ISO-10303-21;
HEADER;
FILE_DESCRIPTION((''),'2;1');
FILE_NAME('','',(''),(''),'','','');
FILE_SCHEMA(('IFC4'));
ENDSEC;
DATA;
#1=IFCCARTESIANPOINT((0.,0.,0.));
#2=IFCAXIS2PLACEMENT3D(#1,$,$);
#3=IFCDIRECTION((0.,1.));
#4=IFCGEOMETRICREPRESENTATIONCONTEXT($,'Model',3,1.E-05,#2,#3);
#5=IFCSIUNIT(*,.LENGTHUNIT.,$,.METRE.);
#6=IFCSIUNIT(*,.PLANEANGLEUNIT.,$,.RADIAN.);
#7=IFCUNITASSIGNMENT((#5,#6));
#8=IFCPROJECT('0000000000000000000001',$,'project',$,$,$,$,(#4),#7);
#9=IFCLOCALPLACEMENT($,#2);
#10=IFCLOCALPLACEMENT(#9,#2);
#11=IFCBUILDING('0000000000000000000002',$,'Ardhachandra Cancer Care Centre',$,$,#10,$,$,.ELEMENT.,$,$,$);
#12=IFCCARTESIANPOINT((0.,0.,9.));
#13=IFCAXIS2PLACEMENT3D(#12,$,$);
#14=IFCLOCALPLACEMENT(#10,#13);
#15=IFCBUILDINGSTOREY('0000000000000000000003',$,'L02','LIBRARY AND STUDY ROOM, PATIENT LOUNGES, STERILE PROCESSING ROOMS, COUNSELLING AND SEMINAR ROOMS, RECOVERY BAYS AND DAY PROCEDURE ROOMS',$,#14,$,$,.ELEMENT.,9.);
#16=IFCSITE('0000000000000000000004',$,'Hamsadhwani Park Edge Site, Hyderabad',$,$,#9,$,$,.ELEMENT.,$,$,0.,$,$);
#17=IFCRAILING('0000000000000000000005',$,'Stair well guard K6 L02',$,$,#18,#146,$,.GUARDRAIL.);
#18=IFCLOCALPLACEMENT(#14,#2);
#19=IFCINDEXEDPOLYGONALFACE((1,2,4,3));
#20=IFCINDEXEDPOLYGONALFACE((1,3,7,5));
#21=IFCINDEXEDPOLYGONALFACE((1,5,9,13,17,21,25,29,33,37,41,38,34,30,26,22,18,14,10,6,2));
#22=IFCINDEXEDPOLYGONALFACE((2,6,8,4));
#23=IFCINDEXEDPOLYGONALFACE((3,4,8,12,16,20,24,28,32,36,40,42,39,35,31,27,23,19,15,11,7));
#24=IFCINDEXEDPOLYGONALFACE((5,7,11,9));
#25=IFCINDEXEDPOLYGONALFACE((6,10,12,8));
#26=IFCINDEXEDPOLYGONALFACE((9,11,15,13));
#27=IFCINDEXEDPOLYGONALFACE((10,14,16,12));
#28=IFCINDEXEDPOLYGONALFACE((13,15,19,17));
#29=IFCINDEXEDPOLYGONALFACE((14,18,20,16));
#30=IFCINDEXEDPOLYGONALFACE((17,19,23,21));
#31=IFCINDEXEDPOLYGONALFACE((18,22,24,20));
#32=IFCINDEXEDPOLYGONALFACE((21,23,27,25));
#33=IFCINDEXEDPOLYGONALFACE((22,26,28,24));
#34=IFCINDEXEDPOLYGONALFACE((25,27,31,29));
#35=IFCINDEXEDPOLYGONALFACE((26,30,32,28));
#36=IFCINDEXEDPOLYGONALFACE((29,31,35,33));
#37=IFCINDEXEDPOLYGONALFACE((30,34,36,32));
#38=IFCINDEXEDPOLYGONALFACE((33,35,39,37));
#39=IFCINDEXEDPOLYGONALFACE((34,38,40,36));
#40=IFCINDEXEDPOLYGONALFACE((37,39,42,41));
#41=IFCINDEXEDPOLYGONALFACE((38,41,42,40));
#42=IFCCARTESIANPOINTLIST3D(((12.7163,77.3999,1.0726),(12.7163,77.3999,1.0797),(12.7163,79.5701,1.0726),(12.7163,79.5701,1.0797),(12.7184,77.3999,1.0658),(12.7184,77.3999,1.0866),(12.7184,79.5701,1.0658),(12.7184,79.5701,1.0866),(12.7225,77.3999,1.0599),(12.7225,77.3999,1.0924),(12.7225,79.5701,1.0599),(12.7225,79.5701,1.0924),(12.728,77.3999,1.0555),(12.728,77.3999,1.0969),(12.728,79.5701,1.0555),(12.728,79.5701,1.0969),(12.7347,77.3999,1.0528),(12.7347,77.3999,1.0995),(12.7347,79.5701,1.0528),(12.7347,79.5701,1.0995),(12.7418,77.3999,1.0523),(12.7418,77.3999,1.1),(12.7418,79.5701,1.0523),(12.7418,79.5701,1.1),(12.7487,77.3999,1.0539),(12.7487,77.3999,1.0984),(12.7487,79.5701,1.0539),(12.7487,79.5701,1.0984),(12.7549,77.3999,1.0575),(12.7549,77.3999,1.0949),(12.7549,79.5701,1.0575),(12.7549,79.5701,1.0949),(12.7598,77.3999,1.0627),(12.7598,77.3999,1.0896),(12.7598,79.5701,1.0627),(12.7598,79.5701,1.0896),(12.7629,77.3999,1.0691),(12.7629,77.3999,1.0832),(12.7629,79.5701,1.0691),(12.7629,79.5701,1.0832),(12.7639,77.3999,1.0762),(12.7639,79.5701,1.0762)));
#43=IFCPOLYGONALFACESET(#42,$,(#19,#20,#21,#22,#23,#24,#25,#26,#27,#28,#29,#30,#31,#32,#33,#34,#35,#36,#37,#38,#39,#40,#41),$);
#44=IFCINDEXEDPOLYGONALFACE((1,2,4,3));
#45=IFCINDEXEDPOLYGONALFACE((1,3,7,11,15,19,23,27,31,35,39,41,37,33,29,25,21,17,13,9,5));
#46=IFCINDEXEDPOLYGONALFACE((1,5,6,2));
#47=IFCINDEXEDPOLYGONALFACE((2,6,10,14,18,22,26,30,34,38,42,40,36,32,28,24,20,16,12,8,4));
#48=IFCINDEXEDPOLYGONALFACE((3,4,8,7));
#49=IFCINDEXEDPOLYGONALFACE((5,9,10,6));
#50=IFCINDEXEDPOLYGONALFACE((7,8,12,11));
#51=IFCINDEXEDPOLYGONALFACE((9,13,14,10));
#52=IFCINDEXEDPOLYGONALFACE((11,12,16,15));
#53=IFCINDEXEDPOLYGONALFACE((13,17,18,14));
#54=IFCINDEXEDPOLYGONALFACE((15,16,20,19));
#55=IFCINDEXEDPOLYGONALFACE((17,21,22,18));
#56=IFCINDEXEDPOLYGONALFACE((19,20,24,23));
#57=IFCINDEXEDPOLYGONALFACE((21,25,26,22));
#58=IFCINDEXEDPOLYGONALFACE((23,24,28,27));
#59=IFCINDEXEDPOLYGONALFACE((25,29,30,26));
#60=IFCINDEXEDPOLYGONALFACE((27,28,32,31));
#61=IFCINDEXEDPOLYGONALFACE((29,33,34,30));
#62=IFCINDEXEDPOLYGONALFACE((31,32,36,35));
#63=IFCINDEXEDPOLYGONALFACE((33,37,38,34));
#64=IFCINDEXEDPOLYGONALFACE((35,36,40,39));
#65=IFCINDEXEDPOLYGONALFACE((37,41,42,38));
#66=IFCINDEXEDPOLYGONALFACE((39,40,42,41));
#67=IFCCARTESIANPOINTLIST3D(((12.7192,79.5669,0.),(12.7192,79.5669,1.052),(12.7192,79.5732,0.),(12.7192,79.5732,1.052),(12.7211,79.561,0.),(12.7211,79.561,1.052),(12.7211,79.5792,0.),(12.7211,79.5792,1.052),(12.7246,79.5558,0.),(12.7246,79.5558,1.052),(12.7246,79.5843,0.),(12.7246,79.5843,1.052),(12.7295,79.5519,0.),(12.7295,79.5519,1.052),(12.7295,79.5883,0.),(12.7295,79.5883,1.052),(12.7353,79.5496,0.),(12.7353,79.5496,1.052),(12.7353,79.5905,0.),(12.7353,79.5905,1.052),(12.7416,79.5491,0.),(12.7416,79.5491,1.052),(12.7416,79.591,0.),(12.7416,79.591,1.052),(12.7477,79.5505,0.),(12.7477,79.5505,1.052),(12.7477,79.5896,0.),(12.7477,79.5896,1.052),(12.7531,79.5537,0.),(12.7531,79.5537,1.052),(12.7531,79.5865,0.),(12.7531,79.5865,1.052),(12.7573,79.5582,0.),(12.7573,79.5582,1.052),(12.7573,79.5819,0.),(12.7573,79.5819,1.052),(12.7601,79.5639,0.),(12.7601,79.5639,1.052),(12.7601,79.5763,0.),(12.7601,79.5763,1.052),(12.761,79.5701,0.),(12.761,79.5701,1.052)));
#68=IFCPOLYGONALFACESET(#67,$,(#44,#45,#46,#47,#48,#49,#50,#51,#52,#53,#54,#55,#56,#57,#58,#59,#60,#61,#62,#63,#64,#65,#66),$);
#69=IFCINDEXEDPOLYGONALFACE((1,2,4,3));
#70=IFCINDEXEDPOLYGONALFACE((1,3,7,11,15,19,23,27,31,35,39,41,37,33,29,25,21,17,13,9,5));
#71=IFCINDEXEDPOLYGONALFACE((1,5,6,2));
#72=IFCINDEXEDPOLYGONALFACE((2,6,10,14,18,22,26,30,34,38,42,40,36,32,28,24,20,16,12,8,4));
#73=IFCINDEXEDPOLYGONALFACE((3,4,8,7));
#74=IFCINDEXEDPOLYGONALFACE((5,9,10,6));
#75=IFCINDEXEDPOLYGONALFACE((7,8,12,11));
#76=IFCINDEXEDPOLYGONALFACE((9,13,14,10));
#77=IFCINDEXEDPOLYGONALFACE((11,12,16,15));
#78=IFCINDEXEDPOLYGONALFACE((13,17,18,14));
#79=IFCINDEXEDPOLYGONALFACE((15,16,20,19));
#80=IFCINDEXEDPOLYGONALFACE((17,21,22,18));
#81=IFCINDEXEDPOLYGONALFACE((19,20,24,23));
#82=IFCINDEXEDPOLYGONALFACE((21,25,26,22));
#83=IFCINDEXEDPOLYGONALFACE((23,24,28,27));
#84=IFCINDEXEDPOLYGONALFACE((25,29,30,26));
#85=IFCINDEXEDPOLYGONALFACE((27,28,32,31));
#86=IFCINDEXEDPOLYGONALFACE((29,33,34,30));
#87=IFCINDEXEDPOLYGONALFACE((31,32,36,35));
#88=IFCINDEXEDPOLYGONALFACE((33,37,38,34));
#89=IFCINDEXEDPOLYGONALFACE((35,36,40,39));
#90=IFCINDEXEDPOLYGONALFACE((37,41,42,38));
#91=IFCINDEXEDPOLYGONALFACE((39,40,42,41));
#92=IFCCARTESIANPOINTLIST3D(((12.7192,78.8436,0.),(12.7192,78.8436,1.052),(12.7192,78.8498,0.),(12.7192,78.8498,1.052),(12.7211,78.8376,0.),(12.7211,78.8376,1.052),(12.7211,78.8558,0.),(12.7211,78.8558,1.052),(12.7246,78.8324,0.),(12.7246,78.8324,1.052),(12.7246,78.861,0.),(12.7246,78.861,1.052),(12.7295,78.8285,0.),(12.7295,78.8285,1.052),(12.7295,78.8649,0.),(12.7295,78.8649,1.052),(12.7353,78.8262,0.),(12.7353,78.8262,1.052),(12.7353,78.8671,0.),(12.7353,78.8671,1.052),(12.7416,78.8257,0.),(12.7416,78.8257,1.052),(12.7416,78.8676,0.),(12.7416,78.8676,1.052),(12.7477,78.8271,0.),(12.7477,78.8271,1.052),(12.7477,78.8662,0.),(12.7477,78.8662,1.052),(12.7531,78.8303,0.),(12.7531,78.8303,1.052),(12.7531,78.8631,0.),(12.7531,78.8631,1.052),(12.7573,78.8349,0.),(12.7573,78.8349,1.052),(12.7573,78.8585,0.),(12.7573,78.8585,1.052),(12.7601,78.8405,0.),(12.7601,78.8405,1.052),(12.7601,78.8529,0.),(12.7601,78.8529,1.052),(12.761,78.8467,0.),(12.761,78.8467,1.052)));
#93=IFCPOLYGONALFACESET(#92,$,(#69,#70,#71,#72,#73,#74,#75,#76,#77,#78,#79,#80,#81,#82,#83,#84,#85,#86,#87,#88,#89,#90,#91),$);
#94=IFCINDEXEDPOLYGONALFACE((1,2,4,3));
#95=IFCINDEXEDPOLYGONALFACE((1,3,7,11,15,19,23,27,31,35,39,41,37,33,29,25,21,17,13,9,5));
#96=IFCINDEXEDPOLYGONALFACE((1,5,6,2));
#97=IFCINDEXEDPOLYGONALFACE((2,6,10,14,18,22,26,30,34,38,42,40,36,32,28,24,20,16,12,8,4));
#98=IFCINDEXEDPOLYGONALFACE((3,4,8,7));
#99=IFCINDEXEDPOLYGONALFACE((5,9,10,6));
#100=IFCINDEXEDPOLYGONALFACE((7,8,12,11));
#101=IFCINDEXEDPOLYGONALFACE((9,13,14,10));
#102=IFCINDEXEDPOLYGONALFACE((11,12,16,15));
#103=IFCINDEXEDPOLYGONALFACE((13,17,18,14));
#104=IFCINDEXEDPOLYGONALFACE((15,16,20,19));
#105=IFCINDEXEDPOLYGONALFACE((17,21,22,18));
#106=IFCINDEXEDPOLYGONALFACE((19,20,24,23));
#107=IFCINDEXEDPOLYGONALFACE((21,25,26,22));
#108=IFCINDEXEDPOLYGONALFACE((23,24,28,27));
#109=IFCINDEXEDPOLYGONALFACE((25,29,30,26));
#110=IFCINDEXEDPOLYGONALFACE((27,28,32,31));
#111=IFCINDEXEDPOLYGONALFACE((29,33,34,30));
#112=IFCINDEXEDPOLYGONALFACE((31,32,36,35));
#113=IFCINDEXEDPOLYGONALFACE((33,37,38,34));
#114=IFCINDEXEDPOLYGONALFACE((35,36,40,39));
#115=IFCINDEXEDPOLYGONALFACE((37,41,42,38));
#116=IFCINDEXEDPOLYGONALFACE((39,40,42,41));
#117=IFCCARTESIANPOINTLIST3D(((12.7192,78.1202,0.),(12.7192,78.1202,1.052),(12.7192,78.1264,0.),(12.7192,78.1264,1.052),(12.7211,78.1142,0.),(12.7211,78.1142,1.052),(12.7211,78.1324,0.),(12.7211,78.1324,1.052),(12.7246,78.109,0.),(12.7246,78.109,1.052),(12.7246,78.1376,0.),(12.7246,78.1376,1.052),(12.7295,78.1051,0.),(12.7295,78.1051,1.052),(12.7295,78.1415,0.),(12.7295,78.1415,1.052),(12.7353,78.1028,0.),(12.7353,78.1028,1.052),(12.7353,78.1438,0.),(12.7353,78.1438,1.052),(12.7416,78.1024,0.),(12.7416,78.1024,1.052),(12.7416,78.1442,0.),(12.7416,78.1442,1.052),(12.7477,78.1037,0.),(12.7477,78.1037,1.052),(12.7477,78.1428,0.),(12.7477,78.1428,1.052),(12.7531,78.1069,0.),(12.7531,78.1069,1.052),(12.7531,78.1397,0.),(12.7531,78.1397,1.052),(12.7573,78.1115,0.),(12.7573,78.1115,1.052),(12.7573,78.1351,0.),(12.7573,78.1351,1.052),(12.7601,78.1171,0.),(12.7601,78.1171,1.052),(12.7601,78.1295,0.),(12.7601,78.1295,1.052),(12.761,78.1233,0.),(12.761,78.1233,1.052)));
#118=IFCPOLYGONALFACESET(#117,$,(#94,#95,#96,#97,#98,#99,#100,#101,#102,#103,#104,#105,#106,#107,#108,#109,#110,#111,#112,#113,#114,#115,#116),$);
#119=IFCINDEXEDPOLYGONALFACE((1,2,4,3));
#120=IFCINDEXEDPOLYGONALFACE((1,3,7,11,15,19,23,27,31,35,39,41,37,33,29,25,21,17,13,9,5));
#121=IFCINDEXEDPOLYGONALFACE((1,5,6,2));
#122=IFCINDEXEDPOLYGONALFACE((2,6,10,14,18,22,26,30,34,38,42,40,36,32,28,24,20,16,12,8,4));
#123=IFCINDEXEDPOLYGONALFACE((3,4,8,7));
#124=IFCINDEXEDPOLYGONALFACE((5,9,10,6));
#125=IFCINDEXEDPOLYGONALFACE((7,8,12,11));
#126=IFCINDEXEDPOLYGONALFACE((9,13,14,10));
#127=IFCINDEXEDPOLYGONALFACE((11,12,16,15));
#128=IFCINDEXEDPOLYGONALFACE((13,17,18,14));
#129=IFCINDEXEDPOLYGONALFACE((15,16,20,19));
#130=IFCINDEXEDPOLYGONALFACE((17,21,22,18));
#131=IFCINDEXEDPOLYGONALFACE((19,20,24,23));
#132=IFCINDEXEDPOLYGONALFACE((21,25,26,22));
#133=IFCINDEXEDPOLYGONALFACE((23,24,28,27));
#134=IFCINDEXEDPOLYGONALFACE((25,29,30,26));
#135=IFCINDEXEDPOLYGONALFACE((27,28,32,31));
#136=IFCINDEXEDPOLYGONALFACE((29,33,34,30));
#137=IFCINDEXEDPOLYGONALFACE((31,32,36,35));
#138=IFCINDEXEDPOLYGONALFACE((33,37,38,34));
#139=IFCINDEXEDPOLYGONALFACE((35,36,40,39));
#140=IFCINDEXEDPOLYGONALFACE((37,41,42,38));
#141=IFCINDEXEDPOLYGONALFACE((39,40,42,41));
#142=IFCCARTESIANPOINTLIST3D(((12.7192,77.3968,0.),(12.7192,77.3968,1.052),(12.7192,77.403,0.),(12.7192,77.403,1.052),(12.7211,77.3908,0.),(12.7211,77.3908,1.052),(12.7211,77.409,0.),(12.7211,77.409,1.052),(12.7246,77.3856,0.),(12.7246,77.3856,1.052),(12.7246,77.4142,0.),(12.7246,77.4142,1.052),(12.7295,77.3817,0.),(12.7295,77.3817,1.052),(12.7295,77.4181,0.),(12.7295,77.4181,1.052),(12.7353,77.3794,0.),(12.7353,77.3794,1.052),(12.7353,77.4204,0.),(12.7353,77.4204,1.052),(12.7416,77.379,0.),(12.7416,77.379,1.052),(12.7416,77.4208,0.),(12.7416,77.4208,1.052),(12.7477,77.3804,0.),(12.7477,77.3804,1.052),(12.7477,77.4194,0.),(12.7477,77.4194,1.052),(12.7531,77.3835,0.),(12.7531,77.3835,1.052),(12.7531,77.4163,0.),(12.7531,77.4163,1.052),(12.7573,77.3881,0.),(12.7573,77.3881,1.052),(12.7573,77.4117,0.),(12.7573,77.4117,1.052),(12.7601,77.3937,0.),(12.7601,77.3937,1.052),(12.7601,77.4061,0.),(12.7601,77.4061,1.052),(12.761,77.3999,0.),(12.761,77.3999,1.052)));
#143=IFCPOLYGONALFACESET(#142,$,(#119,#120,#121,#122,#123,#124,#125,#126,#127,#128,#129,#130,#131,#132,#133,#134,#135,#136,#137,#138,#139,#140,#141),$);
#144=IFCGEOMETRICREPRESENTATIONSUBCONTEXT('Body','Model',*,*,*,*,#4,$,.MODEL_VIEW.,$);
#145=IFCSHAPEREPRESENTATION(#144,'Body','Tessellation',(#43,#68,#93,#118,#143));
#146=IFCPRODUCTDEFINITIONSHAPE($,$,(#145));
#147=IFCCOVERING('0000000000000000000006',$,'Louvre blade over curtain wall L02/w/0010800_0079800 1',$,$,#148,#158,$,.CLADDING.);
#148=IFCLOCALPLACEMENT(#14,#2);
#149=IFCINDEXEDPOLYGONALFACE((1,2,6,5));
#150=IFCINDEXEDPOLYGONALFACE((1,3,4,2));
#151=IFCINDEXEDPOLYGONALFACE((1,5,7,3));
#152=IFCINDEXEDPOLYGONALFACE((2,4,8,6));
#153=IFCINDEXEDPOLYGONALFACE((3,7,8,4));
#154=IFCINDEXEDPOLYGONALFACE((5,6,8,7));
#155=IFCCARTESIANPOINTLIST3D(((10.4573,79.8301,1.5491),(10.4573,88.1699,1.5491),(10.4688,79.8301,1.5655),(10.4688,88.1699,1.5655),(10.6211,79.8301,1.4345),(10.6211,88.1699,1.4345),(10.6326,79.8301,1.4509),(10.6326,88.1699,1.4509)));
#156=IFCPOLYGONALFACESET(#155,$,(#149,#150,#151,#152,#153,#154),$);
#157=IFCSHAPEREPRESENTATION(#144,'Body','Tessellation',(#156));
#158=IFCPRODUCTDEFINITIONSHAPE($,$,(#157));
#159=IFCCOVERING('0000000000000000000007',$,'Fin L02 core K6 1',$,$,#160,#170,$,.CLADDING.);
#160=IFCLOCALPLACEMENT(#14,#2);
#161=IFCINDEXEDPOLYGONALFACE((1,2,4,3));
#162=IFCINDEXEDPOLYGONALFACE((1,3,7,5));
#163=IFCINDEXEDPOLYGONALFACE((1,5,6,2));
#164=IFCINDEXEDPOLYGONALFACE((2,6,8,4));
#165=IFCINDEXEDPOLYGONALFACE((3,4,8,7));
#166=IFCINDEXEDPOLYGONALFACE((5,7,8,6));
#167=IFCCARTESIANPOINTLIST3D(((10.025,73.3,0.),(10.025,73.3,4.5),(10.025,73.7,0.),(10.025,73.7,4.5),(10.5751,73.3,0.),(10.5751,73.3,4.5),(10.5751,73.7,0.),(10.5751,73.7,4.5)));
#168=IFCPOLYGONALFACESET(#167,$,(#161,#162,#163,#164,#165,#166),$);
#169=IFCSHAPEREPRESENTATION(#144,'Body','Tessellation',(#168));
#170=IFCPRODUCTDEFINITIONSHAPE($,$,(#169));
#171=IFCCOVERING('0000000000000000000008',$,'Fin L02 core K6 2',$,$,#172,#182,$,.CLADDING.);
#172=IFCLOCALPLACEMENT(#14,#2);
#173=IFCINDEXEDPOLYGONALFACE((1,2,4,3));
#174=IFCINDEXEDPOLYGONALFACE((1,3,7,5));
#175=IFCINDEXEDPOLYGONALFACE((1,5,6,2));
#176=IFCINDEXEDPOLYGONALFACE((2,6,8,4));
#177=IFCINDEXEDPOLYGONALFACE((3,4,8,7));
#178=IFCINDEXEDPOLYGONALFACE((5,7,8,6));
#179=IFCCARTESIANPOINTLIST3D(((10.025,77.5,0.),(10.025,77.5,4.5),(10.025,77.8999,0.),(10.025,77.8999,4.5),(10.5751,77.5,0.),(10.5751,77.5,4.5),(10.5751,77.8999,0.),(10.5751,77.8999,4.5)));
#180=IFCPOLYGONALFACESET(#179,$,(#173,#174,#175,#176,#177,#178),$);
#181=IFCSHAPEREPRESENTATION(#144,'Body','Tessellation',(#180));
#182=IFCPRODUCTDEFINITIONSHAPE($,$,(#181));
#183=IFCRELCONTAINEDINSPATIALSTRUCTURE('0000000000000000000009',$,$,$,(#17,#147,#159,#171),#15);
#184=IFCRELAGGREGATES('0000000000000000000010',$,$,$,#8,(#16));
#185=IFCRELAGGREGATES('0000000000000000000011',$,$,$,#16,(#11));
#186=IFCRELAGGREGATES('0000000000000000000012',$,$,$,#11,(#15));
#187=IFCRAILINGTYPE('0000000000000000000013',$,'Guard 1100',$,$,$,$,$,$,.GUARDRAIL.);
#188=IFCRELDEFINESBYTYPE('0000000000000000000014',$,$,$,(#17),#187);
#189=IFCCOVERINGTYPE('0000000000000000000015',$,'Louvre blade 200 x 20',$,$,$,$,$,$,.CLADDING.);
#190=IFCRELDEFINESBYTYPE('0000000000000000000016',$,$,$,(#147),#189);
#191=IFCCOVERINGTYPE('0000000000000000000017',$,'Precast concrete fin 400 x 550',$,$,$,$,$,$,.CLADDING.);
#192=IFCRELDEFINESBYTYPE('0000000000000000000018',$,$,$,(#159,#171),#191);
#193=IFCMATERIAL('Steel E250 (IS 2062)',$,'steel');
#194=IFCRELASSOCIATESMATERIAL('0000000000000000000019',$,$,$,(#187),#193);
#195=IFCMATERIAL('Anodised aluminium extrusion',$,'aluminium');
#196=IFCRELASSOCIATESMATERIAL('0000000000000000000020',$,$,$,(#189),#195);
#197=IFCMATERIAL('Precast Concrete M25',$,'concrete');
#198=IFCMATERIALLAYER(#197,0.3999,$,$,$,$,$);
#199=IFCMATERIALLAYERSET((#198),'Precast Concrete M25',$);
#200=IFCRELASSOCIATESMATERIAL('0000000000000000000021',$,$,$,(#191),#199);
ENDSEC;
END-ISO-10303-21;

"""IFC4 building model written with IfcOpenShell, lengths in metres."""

from ifc_helpers import new_model, si_unit, direction, frame, origin, origin_2d, place, context, subcontext, project, spatial, rectangle, circle, extrude, material, layer, layer_set, material_profile, profile_set, type_object, element, save


model = new_model("IFC4")

# Units and contexts
model_context = context("Model", 3, precision=1e-05, world=origin(), true_north=direction((0.0, 1.0)))
body_context = subcontext(model_context, "Body", "Model", "MODEL_VIEW")
ifc_project = project(units=[si_unit("LENGTHUNIT", "METRE"), si_unit("PLANEANGLEUNIT", "RADIAN")], contexts=[model_context])

# Site, building, storey
site_placement = place(None, origin())
site = spatial("IfcSite", under=ifc_project, at=site_placement, Name="Hamsadhwani Park Edge Site, Hyderabad", CompositionType="ELEMENT", RefElevation=0.0)
building_placement = place(site_placement, origin())
building = spatial("IfcBuilding", under=site, at=building_placement, Name="Ardhachandra Cancer Care Centre", CompositionType="ELEMENT")
storey_placement = place(building_placement, frame((0.0, 0.0, 9.0)))
storey = spatial("IfcBuildingStorey", under=building, at=storey_placement, Name="L02", Description="LIBRARY AND STUDY ROOM, PATIENT LOUNGES, STERILE PROCESSING ROOMS, COUNSELLING AND SEMINAR ROOMS, RECOVERY BAYS AND DAY PROCEDURE ROOMS", CompositionType="ELEMENT", Elevation=9.0)

# Railing
ifc_material_1 = material(Name="Steel E250 (IS 2062)", Category="steel")
railing_type_1 = type_object("IfcRailingType", Name="Guard 1100", PredefinedType="GUARDRAIL", material=ifc_material_1)
railing_placement = place(storey_placement, frame((12.74, 79.5701, 0.0)))
element("IfcRailing", 1, at=railing_placement, inside=storey, type_object=railing_type_1, Name="Stair well guard K6 L02", PredefinedType="GUARDRAIL", context=body_context, shape_type="SweptSolid", body=[
    extrude(circle(Radius=0.0239, at=origin_2d()), frame((0.0, 0.0, 1.0762), z_axis=(0.0, -1.0, 0.0), x_axis=(1.0, 0.0, 0.0)), (0.0, 0.0, 1.0), 2.1702),
    extrude(circle(Radius=0.021, at=origin_2d()), origin(), (0.0, 0.0, 1.0), 1.052),
    extrude(circle(Radius=0.021, at=origin_2d()), frame((0.0, -0.7234, 0.0)), (0.0, 0.0, 1.0), 1.052),
    extrude(circle(Radius=0.021, at=origin_2d()), frame((0.0, -1.4468, 0.0)), (0.0, 0.0, 1.0), 1.052),
    extrude(circle(Radius=0.021, at=origin_2d()), frame((0.0, -2.1702, 0.0)), (0.0, 0.0, 1.0), 1.052),
])

# Coverings
ifc_material_2 = material(Name="Anodised aluminium extrusion", Category="aluminium")
ifc_material_profile_1 = material_profile(ifc_material_2, rectangle(XDim=0.2, YDim=0.02, at=origin_2d()), Name="Louvre blade 200 x 20")
ifc_profile_set_1 = profile_set([ifc_material_profile_1], Name="Anodised aluminium extrusion")
covering_type_1 = type_object("IfcCoveringType", Name="Louvre blade 200 x 20", PredefinedType="CLADDING", material=ifc_profile_set_1)
covering_placement = place(storey_placement, frame((10.5449, 79.8301, 1.5), z_axis=(0.0, 1.0, 0.0), x_axis=(-0.819152, 0.0, 0.573576)))
element("IfcCovering", 2, at=covering_placement, inside=storey, type_object=covering_type_1, Name="Louvre blade over curtain wall L02/w/0010800_0079800 1", PredefinedType="CLADDING", context=body_context, shape_type="SweptSolid", body=[
    extrude(rectangle(XDim=0.2, YDim=0.02, at=origin_2d()), origin(), (0.0, 0.0, 1.0), 8.3398),
])
ifc_material_3 = material(Name="Precast Concrete M25", Category="concrete")
ifc_layer_1 = layer(ifc_material_3, 0.3999)
ifc_layer_set_1 = layer_set([ifc_layer_1], Name="Precast Concrete M25")
covering_type_2 = type_object("IfcCoveringType", Name="Precast concrete fin 400 x 550", PredefinedType="CLADDING", material=ifc_layer_set_1)
for number, where, z_axis, x_axis, name in (
    (3, (10.3, 73.5, 0.0), (0.0, 0.0, 1.0), (0.0, 1.0, 0.0), "Fin L02 core K6 1"),
    (4, (10.3, 77.7, 0.0), (0.0, 0.0, 1.0), (0.0, 1.0, 0.0), "Fin L02 core K6 2"),
):
    element("IfcCovering", number, at=place(storey_placement, frame(where, z_axis=z_axis, x_axis=x_axis)), inside=storey, type_object=covering_type_2, Name=name, PredefinedType="CLADDING", context=body_context, shape_type="SweptSolid", body=[
        extrude(rectangle(XDim=0.3999, YDim=0.55, at=origin_2d()), origin(), (0.0, 0.0, 1.0), 4.5),
    ])

save(model, "model.ifc")
